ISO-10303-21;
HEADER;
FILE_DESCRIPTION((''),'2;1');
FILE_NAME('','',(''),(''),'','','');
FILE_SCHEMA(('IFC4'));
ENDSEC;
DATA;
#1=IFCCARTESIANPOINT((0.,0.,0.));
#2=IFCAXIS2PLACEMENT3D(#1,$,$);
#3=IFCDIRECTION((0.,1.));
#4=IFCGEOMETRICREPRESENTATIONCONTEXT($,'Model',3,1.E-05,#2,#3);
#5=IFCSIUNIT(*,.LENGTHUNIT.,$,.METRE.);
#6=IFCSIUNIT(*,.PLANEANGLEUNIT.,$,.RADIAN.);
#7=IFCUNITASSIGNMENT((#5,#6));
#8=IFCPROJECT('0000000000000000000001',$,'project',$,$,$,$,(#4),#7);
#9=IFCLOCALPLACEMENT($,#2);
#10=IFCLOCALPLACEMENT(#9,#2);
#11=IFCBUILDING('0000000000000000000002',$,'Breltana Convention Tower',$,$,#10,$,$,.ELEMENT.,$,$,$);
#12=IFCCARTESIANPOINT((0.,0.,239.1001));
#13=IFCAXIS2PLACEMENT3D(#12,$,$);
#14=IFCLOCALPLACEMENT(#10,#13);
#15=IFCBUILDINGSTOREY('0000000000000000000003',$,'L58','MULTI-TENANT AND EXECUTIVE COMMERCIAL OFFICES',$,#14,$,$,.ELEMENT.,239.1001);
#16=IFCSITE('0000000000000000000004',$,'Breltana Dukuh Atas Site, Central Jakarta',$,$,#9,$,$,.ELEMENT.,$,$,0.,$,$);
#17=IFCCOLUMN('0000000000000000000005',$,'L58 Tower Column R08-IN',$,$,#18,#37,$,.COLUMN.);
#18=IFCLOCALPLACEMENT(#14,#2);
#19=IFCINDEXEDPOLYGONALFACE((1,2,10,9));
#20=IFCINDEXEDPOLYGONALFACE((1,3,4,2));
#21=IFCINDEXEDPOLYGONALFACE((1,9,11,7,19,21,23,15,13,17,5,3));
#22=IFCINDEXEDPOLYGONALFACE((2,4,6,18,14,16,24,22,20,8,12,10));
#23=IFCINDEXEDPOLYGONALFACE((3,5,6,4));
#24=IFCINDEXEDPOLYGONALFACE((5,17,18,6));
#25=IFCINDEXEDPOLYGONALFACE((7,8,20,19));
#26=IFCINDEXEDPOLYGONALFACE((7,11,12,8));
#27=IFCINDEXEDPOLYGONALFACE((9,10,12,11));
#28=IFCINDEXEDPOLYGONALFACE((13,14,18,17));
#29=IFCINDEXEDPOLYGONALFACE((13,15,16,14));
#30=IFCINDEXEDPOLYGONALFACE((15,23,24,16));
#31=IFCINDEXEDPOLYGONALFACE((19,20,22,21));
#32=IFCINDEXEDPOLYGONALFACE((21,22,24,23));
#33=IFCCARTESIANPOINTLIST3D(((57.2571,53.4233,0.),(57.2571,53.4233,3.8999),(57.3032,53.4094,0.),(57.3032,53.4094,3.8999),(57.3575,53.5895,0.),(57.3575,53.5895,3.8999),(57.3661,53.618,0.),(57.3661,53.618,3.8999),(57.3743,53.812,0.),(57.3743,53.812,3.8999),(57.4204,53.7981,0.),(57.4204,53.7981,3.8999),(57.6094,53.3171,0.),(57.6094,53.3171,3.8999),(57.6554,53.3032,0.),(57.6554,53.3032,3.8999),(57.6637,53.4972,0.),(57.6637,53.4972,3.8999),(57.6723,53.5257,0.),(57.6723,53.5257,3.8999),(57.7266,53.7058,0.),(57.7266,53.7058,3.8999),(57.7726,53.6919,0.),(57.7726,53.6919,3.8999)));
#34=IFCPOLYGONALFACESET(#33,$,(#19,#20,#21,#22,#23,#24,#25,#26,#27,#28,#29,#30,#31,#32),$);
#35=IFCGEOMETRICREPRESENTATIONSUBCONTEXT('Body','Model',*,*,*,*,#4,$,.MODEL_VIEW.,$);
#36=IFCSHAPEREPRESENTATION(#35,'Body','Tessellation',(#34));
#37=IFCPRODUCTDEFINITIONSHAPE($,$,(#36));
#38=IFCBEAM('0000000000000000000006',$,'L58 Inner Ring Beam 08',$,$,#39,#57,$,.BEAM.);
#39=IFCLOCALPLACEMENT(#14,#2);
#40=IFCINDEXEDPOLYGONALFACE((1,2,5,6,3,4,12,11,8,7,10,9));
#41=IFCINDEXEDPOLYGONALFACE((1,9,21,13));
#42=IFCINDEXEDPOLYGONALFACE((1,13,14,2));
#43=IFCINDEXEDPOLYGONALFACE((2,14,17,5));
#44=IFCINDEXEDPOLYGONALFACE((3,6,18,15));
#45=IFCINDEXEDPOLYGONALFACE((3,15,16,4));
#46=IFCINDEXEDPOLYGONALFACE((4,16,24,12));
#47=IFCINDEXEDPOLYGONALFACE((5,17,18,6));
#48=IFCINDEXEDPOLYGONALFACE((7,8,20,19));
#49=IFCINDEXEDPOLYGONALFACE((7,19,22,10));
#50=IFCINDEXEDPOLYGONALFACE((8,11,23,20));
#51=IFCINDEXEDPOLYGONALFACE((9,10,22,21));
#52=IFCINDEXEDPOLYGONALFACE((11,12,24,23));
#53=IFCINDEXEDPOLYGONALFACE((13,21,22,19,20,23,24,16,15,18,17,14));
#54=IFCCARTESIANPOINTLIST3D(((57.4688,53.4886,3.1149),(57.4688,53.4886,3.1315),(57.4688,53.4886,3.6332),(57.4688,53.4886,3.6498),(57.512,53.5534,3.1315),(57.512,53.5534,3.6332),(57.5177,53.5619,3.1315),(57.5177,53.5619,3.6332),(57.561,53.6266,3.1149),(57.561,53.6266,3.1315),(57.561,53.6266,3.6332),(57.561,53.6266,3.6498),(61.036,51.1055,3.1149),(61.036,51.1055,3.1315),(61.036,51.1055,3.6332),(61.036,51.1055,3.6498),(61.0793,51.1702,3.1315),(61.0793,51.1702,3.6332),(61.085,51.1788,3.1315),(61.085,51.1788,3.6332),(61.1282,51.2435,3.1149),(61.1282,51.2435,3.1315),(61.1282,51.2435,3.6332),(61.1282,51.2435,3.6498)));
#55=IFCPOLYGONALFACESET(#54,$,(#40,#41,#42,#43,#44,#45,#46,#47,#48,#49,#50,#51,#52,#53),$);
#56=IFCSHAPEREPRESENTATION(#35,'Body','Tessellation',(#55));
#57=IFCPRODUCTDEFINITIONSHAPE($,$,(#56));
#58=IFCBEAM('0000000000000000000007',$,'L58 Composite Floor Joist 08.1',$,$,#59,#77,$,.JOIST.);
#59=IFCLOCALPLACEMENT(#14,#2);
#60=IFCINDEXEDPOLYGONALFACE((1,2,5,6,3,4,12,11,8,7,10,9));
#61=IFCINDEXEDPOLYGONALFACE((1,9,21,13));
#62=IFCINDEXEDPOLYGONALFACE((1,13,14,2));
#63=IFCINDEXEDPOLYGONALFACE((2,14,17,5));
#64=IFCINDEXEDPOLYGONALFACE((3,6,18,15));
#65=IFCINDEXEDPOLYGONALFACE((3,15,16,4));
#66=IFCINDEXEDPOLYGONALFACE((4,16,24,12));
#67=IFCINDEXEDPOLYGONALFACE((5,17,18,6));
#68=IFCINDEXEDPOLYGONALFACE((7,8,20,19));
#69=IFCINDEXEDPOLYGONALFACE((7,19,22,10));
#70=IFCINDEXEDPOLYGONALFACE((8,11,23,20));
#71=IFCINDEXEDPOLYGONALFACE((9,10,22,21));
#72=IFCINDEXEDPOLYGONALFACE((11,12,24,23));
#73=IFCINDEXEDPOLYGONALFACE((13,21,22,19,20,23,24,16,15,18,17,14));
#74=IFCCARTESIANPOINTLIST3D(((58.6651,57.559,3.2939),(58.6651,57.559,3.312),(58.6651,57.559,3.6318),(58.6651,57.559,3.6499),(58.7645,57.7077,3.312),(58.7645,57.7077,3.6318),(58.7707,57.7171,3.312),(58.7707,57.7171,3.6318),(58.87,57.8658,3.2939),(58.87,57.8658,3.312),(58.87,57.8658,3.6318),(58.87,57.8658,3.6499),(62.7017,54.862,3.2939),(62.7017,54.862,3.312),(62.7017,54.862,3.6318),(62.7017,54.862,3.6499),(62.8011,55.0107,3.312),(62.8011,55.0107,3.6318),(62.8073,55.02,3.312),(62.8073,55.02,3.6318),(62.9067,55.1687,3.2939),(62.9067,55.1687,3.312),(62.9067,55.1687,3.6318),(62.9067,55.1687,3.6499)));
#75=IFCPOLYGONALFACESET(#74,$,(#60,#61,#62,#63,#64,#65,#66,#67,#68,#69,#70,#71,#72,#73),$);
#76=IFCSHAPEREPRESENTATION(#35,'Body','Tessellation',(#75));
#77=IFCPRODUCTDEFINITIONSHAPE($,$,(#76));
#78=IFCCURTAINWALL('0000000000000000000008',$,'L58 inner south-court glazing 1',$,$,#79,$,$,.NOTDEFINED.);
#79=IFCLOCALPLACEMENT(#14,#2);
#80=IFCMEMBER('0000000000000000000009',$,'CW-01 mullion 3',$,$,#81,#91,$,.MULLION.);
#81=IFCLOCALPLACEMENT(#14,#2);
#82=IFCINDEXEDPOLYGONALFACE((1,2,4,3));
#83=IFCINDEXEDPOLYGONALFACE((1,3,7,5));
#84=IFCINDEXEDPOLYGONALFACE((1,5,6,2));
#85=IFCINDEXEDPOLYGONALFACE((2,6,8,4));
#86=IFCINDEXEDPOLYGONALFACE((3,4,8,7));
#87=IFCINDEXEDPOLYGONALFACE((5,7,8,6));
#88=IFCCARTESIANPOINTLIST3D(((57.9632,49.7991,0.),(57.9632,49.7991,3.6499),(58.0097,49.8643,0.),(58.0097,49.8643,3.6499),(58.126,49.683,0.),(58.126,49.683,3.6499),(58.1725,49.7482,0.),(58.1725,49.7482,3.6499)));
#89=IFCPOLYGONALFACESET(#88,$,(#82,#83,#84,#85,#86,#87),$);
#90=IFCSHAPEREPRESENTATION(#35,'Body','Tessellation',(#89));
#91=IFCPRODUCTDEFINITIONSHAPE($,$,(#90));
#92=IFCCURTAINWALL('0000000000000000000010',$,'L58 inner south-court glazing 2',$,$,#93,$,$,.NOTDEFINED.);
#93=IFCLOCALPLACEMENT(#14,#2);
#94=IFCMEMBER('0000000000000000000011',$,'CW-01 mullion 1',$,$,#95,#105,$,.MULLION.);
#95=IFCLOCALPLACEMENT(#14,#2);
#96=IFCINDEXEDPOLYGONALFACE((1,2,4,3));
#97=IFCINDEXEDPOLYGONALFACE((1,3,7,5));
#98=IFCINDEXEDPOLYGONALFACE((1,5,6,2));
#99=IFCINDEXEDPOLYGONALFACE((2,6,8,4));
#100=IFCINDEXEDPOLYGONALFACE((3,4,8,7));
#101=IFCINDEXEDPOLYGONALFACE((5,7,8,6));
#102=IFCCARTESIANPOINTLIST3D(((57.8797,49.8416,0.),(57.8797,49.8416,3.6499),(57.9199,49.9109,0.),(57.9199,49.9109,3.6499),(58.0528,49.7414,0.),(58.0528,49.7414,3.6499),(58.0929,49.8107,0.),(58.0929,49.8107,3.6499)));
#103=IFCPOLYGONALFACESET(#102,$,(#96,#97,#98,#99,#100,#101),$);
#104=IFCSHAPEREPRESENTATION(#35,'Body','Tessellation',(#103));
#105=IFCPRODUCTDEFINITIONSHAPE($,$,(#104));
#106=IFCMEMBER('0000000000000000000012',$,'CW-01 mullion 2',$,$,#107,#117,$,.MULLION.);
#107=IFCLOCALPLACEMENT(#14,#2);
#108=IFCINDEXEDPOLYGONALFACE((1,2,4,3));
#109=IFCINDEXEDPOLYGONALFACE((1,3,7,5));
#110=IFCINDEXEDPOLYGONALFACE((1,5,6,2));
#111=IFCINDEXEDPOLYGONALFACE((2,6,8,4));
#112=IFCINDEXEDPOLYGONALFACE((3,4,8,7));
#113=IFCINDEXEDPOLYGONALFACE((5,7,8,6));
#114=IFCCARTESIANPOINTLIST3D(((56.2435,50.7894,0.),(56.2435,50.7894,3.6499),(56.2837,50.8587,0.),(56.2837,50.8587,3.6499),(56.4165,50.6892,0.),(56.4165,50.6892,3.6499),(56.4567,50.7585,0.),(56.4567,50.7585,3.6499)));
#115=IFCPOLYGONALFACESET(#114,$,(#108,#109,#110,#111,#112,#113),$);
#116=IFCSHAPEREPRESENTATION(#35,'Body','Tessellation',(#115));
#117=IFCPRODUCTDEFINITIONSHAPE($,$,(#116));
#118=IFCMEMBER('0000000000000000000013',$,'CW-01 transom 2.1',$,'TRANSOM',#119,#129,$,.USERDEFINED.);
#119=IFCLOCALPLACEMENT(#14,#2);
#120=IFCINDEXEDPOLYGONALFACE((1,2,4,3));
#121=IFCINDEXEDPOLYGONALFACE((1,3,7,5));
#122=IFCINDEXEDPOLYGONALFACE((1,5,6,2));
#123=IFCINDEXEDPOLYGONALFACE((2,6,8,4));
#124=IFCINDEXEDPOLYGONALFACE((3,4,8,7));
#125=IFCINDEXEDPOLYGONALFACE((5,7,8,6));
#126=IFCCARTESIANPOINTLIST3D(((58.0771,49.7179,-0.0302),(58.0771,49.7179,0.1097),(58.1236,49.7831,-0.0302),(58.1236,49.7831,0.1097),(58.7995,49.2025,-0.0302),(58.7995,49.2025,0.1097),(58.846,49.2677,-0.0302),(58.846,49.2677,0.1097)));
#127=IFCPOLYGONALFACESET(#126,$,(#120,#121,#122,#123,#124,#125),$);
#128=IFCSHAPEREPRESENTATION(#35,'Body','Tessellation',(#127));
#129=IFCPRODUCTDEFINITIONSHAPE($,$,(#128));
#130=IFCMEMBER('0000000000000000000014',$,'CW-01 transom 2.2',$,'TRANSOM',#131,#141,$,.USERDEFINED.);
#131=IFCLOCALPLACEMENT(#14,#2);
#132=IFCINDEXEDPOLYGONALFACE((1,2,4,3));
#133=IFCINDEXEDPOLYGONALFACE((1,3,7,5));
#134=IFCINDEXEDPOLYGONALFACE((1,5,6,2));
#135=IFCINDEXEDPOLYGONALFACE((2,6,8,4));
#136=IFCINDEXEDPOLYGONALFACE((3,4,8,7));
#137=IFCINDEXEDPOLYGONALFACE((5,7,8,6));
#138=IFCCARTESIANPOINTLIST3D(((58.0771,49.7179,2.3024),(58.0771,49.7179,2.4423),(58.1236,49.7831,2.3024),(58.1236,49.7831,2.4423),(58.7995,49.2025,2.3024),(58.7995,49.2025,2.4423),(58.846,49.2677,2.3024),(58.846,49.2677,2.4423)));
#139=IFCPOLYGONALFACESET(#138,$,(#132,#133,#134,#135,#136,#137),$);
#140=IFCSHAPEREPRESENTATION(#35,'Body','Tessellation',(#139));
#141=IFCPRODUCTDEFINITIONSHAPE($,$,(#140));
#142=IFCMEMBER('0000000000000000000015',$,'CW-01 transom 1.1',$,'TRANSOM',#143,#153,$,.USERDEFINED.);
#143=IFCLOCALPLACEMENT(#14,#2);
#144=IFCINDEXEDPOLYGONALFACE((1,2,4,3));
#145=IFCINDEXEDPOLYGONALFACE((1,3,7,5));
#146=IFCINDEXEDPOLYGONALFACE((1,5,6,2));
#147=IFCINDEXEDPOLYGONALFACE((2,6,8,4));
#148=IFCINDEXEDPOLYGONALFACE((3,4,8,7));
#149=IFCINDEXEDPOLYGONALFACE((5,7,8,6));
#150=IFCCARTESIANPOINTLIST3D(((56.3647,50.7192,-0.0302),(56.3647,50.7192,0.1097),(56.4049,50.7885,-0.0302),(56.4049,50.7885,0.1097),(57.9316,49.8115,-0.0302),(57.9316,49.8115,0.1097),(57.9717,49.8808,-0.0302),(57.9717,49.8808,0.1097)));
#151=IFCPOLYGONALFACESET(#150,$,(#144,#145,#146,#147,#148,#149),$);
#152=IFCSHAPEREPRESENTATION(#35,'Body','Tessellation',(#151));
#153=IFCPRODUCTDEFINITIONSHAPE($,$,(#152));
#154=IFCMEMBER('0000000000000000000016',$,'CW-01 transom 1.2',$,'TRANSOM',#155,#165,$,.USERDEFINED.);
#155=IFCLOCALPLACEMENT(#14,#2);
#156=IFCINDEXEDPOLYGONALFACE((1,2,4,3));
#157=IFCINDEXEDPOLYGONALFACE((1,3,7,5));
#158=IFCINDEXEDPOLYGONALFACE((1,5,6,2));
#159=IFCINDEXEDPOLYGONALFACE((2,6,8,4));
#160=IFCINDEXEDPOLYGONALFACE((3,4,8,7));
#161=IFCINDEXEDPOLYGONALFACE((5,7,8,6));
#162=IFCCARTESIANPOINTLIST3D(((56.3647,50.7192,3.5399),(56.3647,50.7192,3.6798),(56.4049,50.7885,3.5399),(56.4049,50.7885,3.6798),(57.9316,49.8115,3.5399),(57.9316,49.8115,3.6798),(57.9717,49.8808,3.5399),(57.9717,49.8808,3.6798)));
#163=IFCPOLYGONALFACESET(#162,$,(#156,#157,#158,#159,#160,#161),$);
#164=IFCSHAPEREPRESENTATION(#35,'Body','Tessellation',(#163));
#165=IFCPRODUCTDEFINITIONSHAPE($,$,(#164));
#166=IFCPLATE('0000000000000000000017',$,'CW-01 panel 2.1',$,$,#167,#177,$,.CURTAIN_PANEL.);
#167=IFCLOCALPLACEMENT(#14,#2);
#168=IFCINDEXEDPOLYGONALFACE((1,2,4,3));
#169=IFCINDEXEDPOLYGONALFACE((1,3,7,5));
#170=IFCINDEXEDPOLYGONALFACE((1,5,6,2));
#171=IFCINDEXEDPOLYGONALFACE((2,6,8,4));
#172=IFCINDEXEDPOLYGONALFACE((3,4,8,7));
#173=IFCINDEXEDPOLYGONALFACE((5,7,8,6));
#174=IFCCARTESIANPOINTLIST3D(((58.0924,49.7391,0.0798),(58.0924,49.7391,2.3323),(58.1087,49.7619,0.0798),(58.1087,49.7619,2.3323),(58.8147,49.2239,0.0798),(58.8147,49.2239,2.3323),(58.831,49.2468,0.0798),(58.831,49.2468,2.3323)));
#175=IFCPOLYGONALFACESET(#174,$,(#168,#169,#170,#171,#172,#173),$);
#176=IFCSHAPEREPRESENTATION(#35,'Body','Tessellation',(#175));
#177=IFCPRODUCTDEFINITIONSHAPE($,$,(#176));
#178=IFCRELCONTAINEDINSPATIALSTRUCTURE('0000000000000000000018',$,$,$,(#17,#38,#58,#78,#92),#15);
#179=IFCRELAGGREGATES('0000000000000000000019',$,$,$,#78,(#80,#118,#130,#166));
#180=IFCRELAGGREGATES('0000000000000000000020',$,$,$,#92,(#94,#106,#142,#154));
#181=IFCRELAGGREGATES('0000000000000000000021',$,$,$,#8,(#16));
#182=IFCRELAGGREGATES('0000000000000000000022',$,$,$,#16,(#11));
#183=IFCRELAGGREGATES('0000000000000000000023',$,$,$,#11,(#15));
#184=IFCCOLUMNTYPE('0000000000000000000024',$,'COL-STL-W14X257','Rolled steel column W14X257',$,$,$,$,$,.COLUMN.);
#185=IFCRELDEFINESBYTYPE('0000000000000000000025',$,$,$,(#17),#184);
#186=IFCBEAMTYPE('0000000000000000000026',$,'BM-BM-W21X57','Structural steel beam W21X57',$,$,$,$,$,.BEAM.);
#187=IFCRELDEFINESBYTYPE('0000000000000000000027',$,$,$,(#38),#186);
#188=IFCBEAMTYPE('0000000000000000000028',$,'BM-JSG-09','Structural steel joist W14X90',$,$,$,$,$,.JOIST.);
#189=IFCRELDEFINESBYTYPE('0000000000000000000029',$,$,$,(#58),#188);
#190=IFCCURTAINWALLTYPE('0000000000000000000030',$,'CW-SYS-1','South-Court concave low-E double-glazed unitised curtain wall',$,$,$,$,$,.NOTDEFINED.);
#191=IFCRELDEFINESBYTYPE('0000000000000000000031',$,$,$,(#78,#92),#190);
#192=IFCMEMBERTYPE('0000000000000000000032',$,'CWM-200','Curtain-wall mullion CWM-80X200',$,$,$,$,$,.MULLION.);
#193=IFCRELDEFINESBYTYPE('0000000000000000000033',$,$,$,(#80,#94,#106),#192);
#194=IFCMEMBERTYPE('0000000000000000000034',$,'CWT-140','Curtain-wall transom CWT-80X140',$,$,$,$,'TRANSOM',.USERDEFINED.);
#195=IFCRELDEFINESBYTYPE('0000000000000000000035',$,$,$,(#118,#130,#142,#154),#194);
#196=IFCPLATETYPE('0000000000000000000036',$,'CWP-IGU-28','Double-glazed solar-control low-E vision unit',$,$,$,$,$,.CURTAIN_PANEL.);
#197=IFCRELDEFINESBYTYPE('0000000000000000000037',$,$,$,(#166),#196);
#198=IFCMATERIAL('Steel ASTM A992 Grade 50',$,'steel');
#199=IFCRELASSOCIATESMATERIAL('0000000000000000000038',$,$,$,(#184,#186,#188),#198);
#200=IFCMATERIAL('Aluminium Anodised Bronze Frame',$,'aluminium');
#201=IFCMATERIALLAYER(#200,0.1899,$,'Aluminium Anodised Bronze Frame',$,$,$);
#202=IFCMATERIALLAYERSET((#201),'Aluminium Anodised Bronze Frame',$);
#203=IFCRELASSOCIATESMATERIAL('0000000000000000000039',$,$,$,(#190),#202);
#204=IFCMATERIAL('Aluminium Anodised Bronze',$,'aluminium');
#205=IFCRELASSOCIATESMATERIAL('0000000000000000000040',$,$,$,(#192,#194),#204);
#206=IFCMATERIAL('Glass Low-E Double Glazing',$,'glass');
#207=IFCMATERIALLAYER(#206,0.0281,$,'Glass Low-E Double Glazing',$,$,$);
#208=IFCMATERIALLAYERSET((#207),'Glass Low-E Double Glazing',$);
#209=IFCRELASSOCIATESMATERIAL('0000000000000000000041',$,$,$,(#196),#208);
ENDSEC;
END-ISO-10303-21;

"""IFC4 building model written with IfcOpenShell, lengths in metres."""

from ifc_helpers import new_model, si_unit, direction, frame, origin, origin_2d, place, context, subcontext, project, spatial, rectangle, i_section, extrude, source, transform, mapped, material, layer, layer_set, material_profile, profile_set, type_object, element, aggregate, save


model = new_model("IFC4")

# Units and contexts
model_context = context("Model", 3, precision=1e-05, world=origin(), true_north=direction((0.0, 1.0)))
body_context = subcontext(model_context, "Body", "Model", "MODEL_VIEW")
ifc_project = project(units=[si_unit("LENGTHUNIT", "METRE"), si_unit("PLANEANGLEUNIT", "RADIAN")], contexts=[model_context])

# Site, building, storey
site_placement = place(None, origin())
site = spatial("IfcSite", under=ifc_project, at=site_placement, Name="Breltana Dukuh Atas Site, Central Jakarta", CompositionType="ELEMENT", RefElevation=0.0)
building_placement = place(site_placement, origin())
building = spatial("IfcBuilding", under=site, at=building_placement, Name="Breltana Convention Tower", CompositionType="ELEMENT")
storey_placement = place(building_placement, frame((0.0, 0.0, 239.1001)))
storey = spatial("IfcBuildingStorey", under=building, at=storey_placement, Name="L58", Description="MULTI-TENANT AND EXECUTIVE COMMERCIAL OFFICES", CompositionType="ELEMENT", Elevation=239.1001)

# Column
ifc_material_1 = material(Name="Steel ASTM A992 Grade 50", Category="steel")
ifc_material_profile_1 = material_profile(ifc_material_1, i_section(OverallWidth=0.406, OverallDepth=0.416, WebThickness=0.0298, FlangeThickness=0.0481, at=origin_2d()), Name="W14X257")
ifc_profile_set_1 = profile_set([ifc_material_profile_1], Name="Steel ASTM A992 Grade 50")
column_type = type_object("IfcColumnType", Name="COL-STL-W14X257", Description="Rolled steel column W14X257", PredefinedType="COLUMN", material=ifc_profile_set_1)
shared_shape_1 = source(origin(), body_context, "Body", "SweptSolid", [
    extrude(i_section(OverallWidth=0.406, OverallDepth=0.416, WebThickness=0.0298, FlangeThickness=0.0481, at=origin_2d()), origin(), (0.0, 0.0, 1.0), 3.8999),
])
column_placement = place(storey_placement, frame((57.5149, 53.5576, 0.0), z_axis=(0.0, 0.0, 1.0), x_axis=(0.288698, 0.95742, 0.0)))
element("IfcColumn", 1, at=column_placement, inside=storey, type_object=column_type, Name="L58 Tower Column R08-IN", PredefinedType="COLUMN", context=body_context, shape_type="MappedRepresentation", body=[
    mapped(shared_shape_1, transform((0.0, 0.0, 0.0), scale=1.0)),
])

# Beams
ifc_material_profile_2 = material_profile(ifc_material_1, i_section(OverallWidth=0.166, OverallDepth=0.5349, WebThickness=0.0103, FlangeThickness=0.0166, at=origin_2d()), Name="W21X57")
ifc_profile_set_2 = profile_set([ifc_material_profile_2], Name="Steel ASTM A992 Grade 50")
beam_type_1 = type_object("IfcBeamType", Name="BM-BM-W21X57", Description="Structural steel beam W21X57", PredefinedType="BEAM", material=ifc_profile_set_2)
shared_shape_2 = source(origin(), body_context, "Body", "SweptSolid", [
    extrude(i_section(OverallWidth=0.166, OverallDepth=0.5349, WebThickness=0.0103, FlangeThickness=0.0166, at=origin_2d()), origin(), (0.0, 0.0, 1.0), 4.29),
])
beam_1_placement = place(storey_placement, frame((57.5149, 53.5576, 3.3823), z_axis=(0.831516, -0.555501, 0.0), x_axis=(0.555501, 0.831516, 0.0)))
element("IfcBeam", 2, at=beam_1_placement, inside=storey, type_object=beam_type_1, Name="L58 Inner Ring Beam 08", PredefinedType="BEAM", context=body_context, shape_type="MappedRepresentation", body=[
    mapped(shared_shape_2, transform((0.0, 0.0, 0.0), scale=1.0)),
])
ifc_material_profile_3 = material_profile(ifc_material_1, i_section(OverallWidth=0.3689, OverallDepth=0.356, WebThickness=0.0112, FlangeThickness=0.0181, at=origin_2d()), Name="W14X90")
ifc_profile_set_3 = profile_set([ifc_material_profile_3], Name="Steel ASTM A992 Grade 50")
beam_type_2 = type_object("IfcBeamType", Name="BM-JSG-09", Description="Structural steel joist W14X90", PredefinedType="JOIST", material=ifc_profile_set_3)
shared_shape_3 = source(origin(), body_context, "Body", "SweptSolid", [
    extrude(i_section(OverallWidth=0.3689, OverallDepth=0.356, WebThickness=0.0112, FlangeThickness=0.0181, at=origin_2d()), origin(), (0.0, 0.0, 1.0), 4.8547),
])
beam_2_placement = place(storey_placement, frame((58.7676, 57.7124, 3.4719), z_axis=(0.831485, -0.555547, 0.0), x_axis=(0.555547, 0.831485, 0.0)))
element("IfcBeam", 3, at=beam_2_placement, inside=storey, type_object=beam_type_2, Name="L58 Composite Floor Joist 08.1", PredefinedType="JOIST", context=body_context, shape_type="MappedRepresentation", body=[
    mapped(shared_shape_3, transform((0.0, 0.0, 0.0), scale=1.0)),
])

# Curtain wall, member
ifc_material_2 = material(Name="Aluminium Anodised Bronze Frame", Category="aluminium")
ifc_layer_1 = layer(ifc_material_2, 0.1899, Name="Aluminium Anodised Bronze Frame")
ifc_layer_set_1 = layer_set([ifc_layer_1], Name="Aluminium Anodised Bronze Frame")
curtain_wall_type = type_object("IfcCurtainWallType", Name="CW-SYS-1", Description="South-Court concave low-E double-glazed unitised curtain wall", PredefinedType="NOTDEFINED", material=ifc_layer_set_1)
curtain_wall_1_placement = place(storey_placement, origin())
curtain_wall_1 = element("IfcCurtainWall", 4, at=curtain_wall_1_placement, inside=storey, type_object=curtain_wall_type, Name="L58 inner south-court glazing 1", PredefinedType="NOTDEFINED")
ifc_material_3 = material(Name="Aluminium Anodised Bronze", Category="aluminium")
ifc_material_profile_4 = material_profile(ifc_material_3, rectangle(XDim=0.0801, YDim=0.2, at=origin_2d()), Name="CWM-80X200")
ifc_profile_set_4 = profile_set([ifc_material_profile_4], Name="Aluminium Anodised Bronze")
member_type_1 = type_object("IfcMemberType", Name="CWM-200", Description="Curtain-wall mullion CWM-80X200", PredefinedType="MULLION", material=ifc_profile_set_4)
shared_shape_4 = source(origin(), body_context, "Body", "SweptSolid", [
    extrude(rectangle(XDim=0.0801, YDim=0.2, at=origin_2d()), origin(), (0.0, 0.0, 1.0), 3.6499),
])
member_1_placement = place(storey_placement, frame((58.0679, 49.7737, 0.0), z_axis=(0.0, 0.0, 1.0), x_axis=(-0.580679, -0.814132, 0.0)))
member_1 = element("IfcMember", 5, at=member_1_placement, type_object=member_type_1, Name="CW-01 mullion 3", PredefinedType="MULLION", context=body_context, shape_type="MappedRepresentation", body=[
    mapped(shared_shape_4, transform((0.0, 0.0, 0.0), scale=1.0)),
])

# Curtain wall, members
curtain_wall_2_placement = place(storey_placement, origin())
curtain_wall_2 = element("IfcCurtainWall", 6, at=curtain_wall_2_placement, inside=storey, type_object=curtain_wall_type, Name="L58 inner south-court glazing 2", PredefinedType="NOTDEFINED")
member_2_placement = place(storey_placement, frame((57.9863, 49.8262, 0.0), z_axis=(0.0, 0.0, 1.0), x_axis=(-0.50119, -0.865337, 0.0)))
member_2 = element("IfcMember", 7, at=member_2_placement, type_object=member_type_1, Name="CW-01 mullion 1", PredefinedType="MULLION", context=body_context, shape_type="MappedRepresentation", body=[
    mapped(shared_shape_4, transform((0.0, 0.0, 0.0), scale=1.0)),
])
member_3_placement = place(storey_placement, frame((56.3501, 50.7739, 0.0), z_axis=(0.0, 0.0, 1.0), x_axis=(-0.50119, -0.865337, 0.0)))
member_3 = element("IfcMember", 8, at=member_3_placement, type_object=member_type_1, Name="CW-01 mullion 2", PredefinedType="MULLION", context=body_context, shape_type="MappedRepresentation", body=[
    mapped(shared_shape_4, transform((0.0, 0.0, 0.0), scale=1.0)),
])

# Members
ifc_material_profile_5 = material_profile(ifc_material_3, rectangle(XDim=0.0801, YDim=0.1399, at=origin_2d()), Name="CWT-80X140")
ifc_profile_set_5 = profile_set([ifc_material_profile_5], Name="Aluminium Anodised Bronze")
member_type_2 = type_object("IfcMemberType", Name="CWT-140", Description="Curtain-wall transom CWT-80X140", ElementType="TRANSOM", PredefinedType="USERDEFINED", material=ifc_profile_set_5)
shared_shape_5 = source(origin(), body_context, "Body", "SweptSolid", [
    extrude(rectangle(XDim=0.0801, YDim=0.1399, at=origin_2d()), origin(), (0.0, 0.0, 1.0), 0.8875),
])
member_4_placement = place(storey_placement, frame((58.8228, 49.2351, 0.0398), z_axis=(-0.814068, 0.58077, 0.0), x_axis=(-0.58077, -0.814068, 0.0)))
member_4 = element("IfcMember", 9, at=member_4_placement, type_object=member_type_2, Name="CW-01 transom 2.1", ObjectType="TRANSOM", PredefinedType="USERDEFINED", context=body_context, shape_type="MappedRepresentation", body=[
    mapped(shared_shape_5, transform((0.0, 0.0, 0.0), scale=1.0)),
])
member_5_placement = place(storey_placement, frame((58.8228, 49.2351, 2.3723), z_axis=(-0.814068, 0.58077, 0.0), x_axis=(-0.58077, -0.814068, 0.0)))
member_5 = element("IfcMember", 10, at=member_5_placement, type_object=member_type_2, Name="CW-01 transom 2.2", ObjectType="TRANSOM", PredefinedType="USERDEFINED", context=body_context, shape_type="MappedRepresentation", body=[
    mapped(shared_shape_5, transform((0.0, 0.0, 0.0), scale=1.0)),
])
shared_shape_6 = source(origin(), body_context, "Body", "SweptSolid", [
    extrude(rectangle(XDim=0.0801, YDim=0.1399, at=origin_2d()), origin(), (0.0, 0.0, 1.0), 1.8108),
])
member_6_placement = place(storey_placement, frame((57.9517, 49.8462, 0.0398), z_axis=(-0.865291, 0.50127, 0.0), x_axis=(-0.50127, -0.865291, 0.0)))
member_6 = element("IfcMember", 11, at=member_6_placement, type_object=member_type_2, Name="CW-01 transom 1.1", ObjectType="TRANSOM", PredefinedType="USERDEFINED", context=body_context, shape_type="MappedRepresentation", body=[
    mapped(shared_shape_6, transform((0.0, 0.0, 0.0), scale=1.0)),
])
member_7_placement = place(storey_placement, frame((57.9517, 49.8462, 3.6099), z_axis=(-0.865291, 0.50127, 0.0), x_axis=(-0.50127, -0.865291, 0.0)))
member_7 = element("IfcMember", 12, at=member_7_placement, type_object=member_type_2, Name="CW-01 transom 1.2", ObjectType="TRANSOM", PredefinedType="USERDEFINED", context=body_context, shape_type="MappedRepresentation", body=[
    mapped(shared_shape_6, transform((0.0, 0.0, 0.0), scale=1.0)),
])

# Plate
ifc_material_4 = material(Name="Glass Low-E Double Glazing", Category="glass")
ifc_layer_2 = layer(ifc_material_4, 0.0281, Name="Glass Low-E Double Glazing")
ifc_layer_set_2 = layer_set([ifc_layer_2], Name="Glass Low-E Double Glazing")
plate_type = type_object("IfcPlateType", Name="CWP-IGU-28", Description="Double-glazed solar-control low-E vision unit", PredefinedType="CURTAIN_PANEL", material=ifc_layer_set_2)
shared_shape_7 = source(origin(), body_context, "Body", "SweptSolid", [
    extrude(rectangle(XDim=0.8872, YDim=0.0281, at=origin_2d()), origin(), (0.0, 0.0, 1.0), 2.2524),
])
plate_1_placement = place(storey_placement, frame((58.4617, 49.4929, 0.0798), z_axis=(0.0, 0.0, 1.0), x_axis=(-0.814132, 0.580679, 0.0)))
plate_1 = element("IfcPlate", 13, at=plate_1_placement, type_object=plate_type, Name="CW-01 panel 2.1", PredefinedType="CURTAIN_PANEL", context=body_context, shape_type="MappedRepresentation", body=[
    mapped(shared_shape_7, transform((0.0, 0.0, 0.0), scale=1.0)),
])
aggregate(curtain_wall_1, [member_1, member_4, member_5, plate_1])
aggregate(curtain_wall_2, [member_2, member_3, member_6, member_7])

save(model, "model.ifc")
